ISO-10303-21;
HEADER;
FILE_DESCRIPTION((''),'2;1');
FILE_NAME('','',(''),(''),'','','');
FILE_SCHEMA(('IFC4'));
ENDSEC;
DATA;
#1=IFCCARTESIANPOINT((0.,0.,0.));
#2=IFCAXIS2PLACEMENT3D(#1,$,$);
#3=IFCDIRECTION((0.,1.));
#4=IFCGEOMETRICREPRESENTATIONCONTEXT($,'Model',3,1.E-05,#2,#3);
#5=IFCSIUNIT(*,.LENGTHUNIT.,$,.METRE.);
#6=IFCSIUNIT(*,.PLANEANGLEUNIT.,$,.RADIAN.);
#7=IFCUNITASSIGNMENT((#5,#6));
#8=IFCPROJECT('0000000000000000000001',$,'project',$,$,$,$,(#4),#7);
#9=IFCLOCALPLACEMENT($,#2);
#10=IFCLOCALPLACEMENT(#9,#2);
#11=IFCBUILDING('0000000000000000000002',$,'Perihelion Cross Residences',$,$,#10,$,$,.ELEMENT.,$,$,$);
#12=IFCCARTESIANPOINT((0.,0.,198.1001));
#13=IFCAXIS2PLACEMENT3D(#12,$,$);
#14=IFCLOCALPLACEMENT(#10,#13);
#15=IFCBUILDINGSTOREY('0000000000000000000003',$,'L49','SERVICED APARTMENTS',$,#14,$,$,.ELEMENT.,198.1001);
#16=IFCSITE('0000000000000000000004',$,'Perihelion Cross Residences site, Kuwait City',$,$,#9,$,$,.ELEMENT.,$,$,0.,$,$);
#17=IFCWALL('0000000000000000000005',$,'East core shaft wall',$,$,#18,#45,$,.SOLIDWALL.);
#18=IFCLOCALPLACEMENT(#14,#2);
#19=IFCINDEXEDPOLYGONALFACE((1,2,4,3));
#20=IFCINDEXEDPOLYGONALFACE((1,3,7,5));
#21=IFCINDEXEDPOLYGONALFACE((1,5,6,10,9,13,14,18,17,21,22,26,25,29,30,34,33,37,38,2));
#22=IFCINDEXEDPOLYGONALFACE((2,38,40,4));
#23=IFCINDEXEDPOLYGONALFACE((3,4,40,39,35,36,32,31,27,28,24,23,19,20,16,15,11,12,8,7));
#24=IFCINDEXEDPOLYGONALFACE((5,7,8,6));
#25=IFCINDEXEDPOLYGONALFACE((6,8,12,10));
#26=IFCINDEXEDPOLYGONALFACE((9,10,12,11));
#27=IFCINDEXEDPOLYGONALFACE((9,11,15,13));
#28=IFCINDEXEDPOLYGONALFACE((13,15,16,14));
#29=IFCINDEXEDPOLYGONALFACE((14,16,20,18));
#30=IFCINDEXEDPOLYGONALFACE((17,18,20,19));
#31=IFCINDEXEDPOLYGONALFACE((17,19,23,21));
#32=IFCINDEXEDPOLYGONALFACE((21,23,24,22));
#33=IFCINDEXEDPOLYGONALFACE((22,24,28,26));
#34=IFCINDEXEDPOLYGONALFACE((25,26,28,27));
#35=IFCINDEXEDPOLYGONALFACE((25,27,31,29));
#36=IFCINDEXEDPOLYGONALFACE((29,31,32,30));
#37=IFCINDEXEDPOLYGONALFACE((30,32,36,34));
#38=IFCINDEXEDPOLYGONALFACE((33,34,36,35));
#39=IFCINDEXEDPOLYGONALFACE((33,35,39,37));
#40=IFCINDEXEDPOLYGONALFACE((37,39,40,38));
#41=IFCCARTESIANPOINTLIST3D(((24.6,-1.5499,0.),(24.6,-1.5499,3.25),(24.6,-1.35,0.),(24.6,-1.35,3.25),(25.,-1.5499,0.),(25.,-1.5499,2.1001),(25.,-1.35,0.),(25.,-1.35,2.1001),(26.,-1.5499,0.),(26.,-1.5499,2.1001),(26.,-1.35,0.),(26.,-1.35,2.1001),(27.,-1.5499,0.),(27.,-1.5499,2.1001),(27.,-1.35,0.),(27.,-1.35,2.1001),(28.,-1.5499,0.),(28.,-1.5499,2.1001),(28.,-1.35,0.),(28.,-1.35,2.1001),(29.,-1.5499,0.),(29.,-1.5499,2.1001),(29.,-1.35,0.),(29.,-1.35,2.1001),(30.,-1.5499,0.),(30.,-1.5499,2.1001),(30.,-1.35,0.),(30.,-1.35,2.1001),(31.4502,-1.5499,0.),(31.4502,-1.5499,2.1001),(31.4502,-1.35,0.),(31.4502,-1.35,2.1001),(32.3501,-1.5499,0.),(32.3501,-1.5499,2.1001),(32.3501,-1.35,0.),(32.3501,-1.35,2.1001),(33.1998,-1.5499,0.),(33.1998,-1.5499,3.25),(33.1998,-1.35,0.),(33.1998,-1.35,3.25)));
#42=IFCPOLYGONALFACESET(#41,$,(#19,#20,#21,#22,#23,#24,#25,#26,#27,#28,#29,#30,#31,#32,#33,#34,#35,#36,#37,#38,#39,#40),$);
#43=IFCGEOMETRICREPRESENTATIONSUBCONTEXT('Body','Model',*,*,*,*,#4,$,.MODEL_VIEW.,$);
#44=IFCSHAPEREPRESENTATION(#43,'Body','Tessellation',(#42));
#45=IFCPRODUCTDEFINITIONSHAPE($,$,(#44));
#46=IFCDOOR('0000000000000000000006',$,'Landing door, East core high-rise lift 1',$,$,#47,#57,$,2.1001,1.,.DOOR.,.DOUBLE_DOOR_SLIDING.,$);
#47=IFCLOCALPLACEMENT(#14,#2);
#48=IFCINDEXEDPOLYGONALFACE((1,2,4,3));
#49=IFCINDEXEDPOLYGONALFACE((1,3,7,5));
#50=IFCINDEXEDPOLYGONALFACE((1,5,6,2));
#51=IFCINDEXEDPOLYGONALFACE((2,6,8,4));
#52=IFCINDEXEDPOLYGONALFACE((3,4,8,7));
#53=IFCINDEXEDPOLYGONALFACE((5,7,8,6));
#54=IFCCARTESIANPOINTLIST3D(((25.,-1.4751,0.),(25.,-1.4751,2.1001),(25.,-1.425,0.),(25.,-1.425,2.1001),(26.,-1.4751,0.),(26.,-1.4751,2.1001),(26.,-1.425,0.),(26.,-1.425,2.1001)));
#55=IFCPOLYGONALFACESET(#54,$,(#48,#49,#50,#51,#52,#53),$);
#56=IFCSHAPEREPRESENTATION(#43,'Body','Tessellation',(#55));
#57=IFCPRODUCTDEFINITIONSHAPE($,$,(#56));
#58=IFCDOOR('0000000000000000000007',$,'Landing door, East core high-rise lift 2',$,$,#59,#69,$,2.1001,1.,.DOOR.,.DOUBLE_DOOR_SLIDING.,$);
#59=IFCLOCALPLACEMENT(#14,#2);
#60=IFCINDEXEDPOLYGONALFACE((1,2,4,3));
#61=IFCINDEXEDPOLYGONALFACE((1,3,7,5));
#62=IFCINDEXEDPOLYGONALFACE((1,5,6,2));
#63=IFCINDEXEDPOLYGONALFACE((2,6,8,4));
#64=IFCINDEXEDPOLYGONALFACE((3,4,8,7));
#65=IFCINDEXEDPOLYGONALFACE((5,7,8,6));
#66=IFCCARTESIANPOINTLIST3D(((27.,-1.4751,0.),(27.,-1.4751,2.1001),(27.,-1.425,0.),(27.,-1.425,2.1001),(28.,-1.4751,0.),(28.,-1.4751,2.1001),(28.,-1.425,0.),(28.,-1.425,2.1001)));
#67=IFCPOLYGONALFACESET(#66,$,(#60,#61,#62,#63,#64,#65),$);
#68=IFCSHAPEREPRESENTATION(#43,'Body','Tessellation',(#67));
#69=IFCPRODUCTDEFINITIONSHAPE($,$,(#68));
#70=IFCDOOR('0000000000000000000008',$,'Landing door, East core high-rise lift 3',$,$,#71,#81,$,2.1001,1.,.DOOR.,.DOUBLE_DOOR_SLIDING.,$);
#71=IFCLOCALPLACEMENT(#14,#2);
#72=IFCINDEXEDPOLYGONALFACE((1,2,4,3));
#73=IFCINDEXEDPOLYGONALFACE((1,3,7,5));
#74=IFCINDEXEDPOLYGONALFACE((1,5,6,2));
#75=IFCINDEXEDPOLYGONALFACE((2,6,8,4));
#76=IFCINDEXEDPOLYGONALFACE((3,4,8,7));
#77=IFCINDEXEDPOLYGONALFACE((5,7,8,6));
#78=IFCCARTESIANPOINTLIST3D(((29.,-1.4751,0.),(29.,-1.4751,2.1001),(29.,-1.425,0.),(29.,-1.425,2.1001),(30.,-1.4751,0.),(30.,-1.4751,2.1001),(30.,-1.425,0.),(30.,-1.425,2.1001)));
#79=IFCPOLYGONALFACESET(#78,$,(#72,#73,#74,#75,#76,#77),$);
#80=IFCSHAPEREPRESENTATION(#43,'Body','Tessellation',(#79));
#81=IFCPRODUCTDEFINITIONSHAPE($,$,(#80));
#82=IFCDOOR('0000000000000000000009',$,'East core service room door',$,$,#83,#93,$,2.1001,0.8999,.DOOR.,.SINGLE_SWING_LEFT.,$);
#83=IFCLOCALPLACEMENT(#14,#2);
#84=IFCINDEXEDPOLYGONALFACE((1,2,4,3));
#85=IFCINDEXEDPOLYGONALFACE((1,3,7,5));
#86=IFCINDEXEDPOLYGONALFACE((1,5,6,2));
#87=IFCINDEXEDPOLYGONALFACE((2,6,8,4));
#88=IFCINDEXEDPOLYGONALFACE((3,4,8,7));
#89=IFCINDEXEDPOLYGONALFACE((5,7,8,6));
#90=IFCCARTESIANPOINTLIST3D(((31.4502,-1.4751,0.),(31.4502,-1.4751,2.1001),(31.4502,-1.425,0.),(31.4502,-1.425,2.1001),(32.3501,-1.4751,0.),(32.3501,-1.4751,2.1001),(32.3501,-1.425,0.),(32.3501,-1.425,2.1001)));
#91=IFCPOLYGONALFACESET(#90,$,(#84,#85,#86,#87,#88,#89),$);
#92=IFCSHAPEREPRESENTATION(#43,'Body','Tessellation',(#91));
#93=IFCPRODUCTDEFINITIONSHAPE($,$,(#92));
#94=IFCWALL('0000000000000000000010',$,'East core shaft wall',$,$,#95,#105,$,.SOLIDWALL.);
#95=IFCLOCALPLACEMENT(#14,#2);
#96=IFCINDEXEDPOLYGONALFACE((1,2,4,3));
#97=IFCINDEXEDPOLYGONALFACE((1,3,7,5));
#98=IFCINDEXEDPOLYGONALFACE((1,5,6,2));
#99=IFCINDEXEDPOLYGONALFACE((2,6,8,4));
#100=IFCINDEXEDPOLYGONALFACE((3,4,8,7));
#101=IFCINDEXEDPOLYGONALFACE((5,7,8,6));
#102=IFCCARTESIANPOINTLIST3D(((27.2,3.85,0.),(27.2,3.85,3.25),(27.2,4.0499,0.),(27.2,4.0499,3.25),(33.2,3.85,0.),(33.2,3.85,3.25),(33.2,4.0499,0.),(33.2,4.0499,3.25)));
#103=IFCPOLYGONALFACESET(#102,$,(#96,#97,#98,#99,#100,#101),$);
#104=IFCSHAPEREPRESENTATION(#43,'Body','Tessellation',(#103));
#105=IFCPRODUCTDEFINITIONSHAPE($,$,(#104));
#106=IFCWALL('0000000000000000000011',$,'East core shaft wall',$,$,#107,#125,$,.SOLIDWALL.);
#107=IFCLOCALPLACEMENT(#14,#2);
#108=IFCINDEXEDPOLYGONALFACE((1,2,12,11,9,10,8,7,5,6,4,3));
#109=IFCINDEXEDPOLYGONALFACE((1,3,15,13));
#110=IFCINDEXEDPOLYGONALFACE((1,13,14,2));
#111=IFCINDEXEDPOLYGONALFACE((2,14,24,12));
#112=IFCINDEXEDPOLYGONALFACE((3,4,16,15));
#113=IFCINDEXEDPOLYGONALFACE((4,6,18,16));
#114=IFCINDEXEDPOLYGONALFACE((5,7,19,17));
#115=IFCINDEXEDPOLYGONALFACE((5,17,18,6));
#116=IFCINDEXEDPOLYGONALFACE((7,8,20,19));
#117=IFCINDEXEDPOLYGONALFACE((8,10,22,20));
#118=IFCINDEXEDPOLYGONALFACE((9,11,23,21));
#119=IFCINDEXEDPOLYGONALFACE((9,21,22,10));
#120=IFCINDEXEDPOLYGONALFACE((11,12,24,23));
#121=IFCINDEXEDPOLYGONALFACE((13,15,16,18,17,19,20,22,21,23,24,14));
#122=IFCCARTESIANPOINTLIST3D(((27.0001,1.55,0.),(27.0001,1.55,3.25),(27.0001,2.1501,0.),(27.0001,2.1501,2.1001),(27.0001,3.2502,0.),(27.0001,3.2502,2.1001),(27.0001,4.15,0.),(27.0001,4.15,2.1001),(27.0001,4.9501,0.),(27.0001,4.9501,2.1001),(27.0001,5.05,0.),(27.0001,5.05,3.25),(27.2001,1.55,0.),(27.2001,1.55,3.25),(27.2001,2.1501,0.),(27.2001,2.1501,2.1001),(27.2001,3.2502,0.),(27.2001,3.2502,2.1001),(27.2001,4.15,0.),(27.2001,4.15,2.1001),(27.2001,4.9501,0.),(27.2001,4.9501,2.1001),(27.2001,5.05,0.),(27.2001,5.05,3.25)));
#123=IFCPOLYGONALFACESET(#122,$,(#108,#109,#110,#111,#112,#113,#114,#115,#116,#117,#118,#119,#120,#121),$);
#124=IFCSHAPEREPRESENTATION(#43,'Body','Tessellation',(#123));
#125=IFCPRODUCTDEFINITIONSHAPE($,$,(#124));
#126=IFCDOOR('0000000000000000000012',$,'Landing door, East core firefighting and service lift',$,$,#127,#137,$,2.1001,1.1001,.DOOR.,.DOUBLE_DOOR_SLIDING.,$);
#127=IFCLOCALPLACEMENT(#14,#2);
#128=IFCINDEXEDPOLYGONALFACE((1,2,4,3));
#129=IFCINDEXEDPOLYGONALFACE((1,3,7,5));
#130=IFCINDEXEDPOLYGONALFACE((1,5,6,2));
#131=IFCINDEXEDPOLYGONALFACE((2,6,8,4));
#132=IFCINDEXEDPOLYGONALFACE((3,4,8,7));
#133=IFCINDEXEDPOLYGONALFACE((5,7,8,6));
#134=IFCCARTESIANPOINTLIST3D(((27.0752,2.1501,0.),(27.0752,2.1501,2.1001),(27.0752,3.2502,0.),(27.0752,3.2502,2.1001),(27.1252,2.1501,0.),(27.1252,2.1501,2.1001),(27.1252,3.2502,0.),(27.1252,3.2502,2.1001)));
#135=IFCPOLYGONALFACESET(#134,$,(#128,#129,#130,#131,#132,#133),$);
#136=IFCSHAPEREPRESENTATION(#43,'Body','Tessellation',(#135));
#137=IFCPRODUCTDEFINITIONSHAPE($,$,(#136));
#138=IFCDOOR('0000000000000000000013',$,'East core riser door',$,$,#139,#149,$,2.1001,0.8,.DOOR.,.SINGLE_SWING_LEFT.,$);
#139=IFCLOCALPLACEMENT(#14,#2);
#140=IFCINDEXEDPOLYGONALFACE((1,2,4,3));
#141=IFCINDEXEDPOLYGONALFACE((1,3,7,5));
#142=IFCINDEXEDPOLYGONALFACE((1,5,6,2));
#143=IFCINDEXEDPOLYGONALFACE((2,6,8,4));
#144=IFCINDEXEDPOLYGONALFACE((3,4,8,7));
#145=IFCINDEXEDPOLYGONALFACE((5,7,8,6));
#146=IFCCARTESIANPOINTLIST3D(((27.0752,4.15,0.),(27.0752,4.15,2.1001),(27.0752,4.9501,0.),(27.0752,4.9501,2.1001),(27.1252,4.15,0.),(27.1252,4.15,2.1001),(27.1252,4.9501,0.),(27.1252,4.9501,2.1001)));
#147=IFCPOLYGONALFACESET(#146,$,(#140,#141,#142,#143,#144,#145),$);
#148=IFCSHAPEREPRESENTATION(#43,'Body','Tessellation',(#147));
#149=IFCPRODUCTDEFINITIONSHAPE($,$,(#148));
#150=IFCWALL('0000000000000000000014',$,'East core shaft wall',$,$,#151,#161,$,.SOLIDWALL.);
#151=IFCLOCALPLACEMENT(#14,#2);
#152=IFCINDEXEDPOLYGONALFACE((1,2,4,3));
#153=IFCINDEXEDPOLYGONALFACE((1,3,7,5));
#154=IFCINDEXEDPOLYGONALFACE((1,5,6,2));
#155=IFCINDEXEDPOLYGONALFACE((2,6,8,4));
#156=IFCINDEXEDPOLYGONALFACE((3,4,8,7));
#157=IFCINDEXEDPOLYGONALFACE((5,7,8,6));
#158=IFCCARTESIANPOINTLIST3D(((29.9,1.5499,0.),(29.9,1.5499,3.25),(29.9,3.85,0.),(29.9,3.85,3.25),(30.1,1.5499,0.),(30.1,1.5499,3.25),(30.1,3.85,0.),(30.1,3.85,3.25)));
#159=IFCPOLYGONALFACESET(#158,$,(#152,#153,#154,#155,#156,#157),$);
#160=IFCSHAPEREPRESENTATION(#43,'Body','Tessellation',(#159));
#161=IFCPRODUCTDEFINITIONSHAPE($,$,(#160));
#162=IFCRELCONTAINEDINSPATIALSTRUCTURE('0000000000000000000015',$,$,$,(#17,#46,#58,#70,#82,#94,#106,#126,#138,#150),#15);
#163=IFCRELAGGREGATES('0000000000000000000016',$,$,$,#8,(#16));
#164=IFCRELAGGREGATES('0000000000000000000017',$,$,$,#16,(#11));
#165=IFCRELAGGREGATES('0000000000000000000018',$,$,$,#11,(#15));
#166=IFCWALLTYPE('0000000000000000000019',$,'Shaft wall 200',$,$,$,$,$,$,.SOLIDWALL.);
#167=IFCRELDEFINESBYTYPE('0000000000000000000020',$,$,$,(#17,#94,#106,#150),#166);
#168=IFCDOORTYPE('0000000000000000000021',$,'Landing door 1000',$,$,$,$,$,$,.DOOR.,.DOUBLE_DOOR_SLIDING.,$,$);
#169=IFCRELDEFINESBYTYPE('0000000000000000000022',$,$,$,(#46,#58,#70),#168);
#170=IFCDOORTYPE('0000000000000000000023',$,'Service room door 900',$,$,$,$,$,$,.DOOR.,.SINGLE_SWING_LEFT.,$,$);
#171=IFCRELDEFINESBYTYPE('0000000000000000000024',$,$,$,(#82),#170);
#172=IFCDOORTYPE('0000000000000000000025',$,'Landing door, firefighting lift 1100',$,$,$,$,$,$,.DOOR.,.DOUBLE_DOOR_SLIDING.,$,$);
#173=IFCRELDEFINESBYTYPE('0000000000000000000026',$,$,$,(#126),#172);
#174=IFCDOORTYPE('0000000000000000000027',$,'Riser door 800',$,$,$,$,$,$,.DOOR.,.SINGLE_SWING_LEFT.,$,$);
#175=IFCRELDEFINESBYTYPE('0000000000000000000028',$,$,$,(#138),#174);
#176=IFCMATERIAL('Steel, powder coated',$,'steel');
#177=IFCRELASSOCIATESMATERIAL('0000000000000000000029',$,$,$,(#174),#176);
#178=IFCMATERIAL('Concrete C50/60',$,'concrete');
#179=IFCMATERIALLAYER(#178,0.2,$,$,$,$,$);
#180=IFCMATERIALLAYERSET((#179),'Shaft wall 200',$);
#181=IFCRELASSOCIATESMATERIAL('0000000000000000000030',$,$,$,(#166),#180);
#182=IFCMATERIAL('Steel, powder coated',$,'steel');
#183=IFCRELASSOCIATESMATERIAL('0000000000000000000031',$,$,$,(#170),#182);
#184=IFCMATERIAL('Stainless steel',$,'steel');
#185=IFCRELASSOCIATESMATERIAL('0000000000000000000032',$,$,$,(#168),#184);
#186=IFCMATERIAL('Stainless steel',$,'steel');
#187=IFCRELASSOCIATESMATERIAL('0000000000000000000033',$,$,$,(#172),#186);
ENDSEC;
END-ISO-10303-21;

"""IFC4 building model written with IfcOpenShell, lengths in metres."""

from ifc_helpers import new_model, si_unit, direction, frame, frame_2d, origin, place, context, subcontext, project, spatial, rectangle, extrude, material, layer, layer_set, type_object, element, fill, save


model = new_model("IFC4")

# Units and contexts
model_context = context("Model", 3, precision=1e-05, world=origin(), true_north=direction((0.0, 1.0)))
body_context = subcontext(model_context, "Body", "Model", "MODEL_VIEW")
ifc_project = project(units=[si_unit("LENGTHUNIT", "METRE"), si_unit("PLANEANGLEUNIT", "RADIAN")], contexts=[model_context])

# Site, building, storey
site_placement = place(None, origin())
site = spatial("IfcSite", under=ifc_project, at=site_placement, Name="Perihelion Cross Residences site, Kuwait City", CompositionType="ELEMENT", RefElevation=0.0)
building_placement = place(site_placement, origin())
building = spatial("IfcBuilding", under=site, at=building_placement, Name="Perihelion Cross Residences", CompositionType="ELEMENT")
storey_placement = place(building_placement, frame((0.0, 0.0, 198.1001)))
storey = spatial("IfcBuildingStorey", under=building, at=storey_placement, Name="L49", Description="SERVICED APARTMENTS", CompositionType="ELEMENT", Elevation=198.1001)

# Shared definitions
ifc_material_1 = material(Name="Steel, powder coated", Category="steel")
door_type_1 = type_object("IfcDoorType", Name="Riser door 800", OperationType="SINGLE_SWING_LEFT", PredefinedType="DOOR", material=ifc_material_1)

# Wall, openings, doors
ifc_material_2 = material(Name="Concrete C50/60", Category="concrete")
ifc_layer_1 = layer(ifc_material_2, 0.2)
ifc_layer_set_1 = layer_set([ifc_layer_1], Name="Shaft wall 200")
wall_type_1 = type_object("IfcWallType", Name="Shaft wall 200", PredefinedType="SOLIDWALL", material=ifc_layer_set_1)
ifc_material_3 = material(Name="Steel, powder coated", Category="steel")
door_type_2 = type_object("IfcDoorType", Name="Service room door 900", OperationType="SINGLE_SWING_LEFT", PredefinedType="DOOR", material=ifc_material_3)
wall_1_placement = place(storey_placement, frame((24.6001, -1.45, 0.0), z_axis=(0.0, 0.0, 1.0), x_axis=(1.0, 0.0, 0.0)))
wall_1 = element("IfcWall", 1, at=wall_1_placement, inside=storey, type_object=wall_type_1, Name="East core shaft wall", PredefinedType="SOLIDWALL", context=body_context, shape_type="SweptSolid", body=[
    extrude(rectangle(XDim=8.5999, YDim=0.2, at=frame_2d((4.2998, 0.0))), origin(), (0.0, 0.0, 1.0), 3.25),
])
opening_1_placement = place(wall_1_placement, frame((0.3999, 0.0, 0.0)))
opening_1 = element("IfcOpeningElement", 2, at=opening_1_placement, cuts=wall_1, PredefinedType="OPENING", context=body_context, shape_type="SweptSolid", body=[
    extrude(rectangle(XDim=1.0, YDim=2.1001, at=frame_2d((0.5, 1.05))), frame((0.0, 0.1099, 0.0), z_axis=(0.0, -1.0, 0.0), x_axis=(1.0, 0.0, 0.0)), (0.0, 0.0, 1.0), 0.22),
])
opening_2_placement = place(wall_1_placement, frame((2.3999, 0.0, 0.0)))
opening_2 = element("IfcOpeningElement", 3, at=opening_2_placement, cuts=wall_1, PredefinedType="OPENING", context=body_context, shape_type="SweptSolid", body=[
    extrude(rectangle(XDim=1.0, YDim=2.1001, at=frame_2d((0.5, 1.05))), frame((0.0, 0.1099, 0.0), z_axis=(0.0, -1.0, 0.0), x_axis=(1.0, 0.0, 0.0)), (0.0, 0.0, 1.0), 0.22),
])
opening_3_placement = place(wall_1_placement, frame((4.3999, 0.0, 0.0)))
opening_3 = element("IfcOpeningElement", 4, at=opening_3_placement, cuts=wall_1, PredefinedType="OPENING", context=body_context, shape_type="SweptSolid", body=[
    extrude(rectangle(XDim=1.0, YDim=2.1001, at=frame_2d((0.5, 1.05))), frame((0.0, 0.1099, 0.0), z_axis=(0.0, -1.0, 0.0), x_axis=(1.0, 0.0, 0.0)), (0.0, 0.0, 1.0), 0.22),
])
opening_4_placement = place(wall_1_placement, frame((6.8501, 0.0, 0.0)))
opening_4 = element("IfcOpeningElement", 5, at=opening_4_placement, cuts=wall_1, PredefinedType="OPENING", context=body_context, shape_type="SweptSolid", body=[
    extrude(rectangle(XDim=0.8999, YDim=2.1001, at=frame_2d((0.45, 1.05))), frame((0.0, 0.1099, 0.0), z_axis=(0.0, -1.0, 0.0), x_axis=(1.0, 0.0, 0.0)), (0.0, 0.0, 1.0), 0.22),
])
ifc_material_4 = material(Name="Stainless steel", Category="steel")
door_type_3 = type_object("IfcDoorType", Name="Landing door 1000", OperationType="DOUBLE_DOOR_SLIDING", PredefinedType="DOOR", material=ifc_material_4)
door_1_placement = place(opening_1_placement, origin())
door_1 = element("IfcDoor", 6, at=door_1_placement, inside=storey, type_object=door_type_3, Name="Landing door, East core high-rise lift 1", OperationType="DOUBLE_DOOR_SLIDING", OverallHeight=2.1001, OverallWidth=1.0, PredefinedType="DOOR", context=body_context, shape_type="SweptSolid", body=[
    extrude(rectangle(XDim=1.0, YDim=2.1001, at=frame_2d((0.5, 1.05))), frame((0.0, 0.0249, 0.0), z_axis=(0.0, -1.0, 0.0), x_axis=(1.0, 0.0, 0.0)), (0.0, 0.0, 1.0), 0.05),
])
fill(opening_1, door_1)
door_2_placement = place(opening_2_placement, origin())
door_2 = element("IfcDoor", 7, at=door_2_placement, inside=storey, type_object=door_type_3, Name="Landing door, East core high-rise lift 2", OperationType="DOUBLE_DOOR_SLIDING", OverallHeight=2.1001, OverallWidth=1.0, PredefinedType="DOOR", context=body_context, shape_type="SweptSolid", body=[
    extrude(rectangle(XDim=1.0, YDim=2.1001, at=frame_2d((0.5, 1.05))), frame((0.0, 0.0249, 0.0), z_axis=(0.0, -1.0, 0.0), x_axis=(1.0, 0.0, 0.0)), (0.0, 0.0, 1.0), 0.05),
])
fill(opening_2, door_2)
door_3_placement = place(opening_3_placement, origin())
door_3 = element("IfcDoor", 8, at=door_3_placement, inside=storey, type_object=door_type_3, Name="Landing door, East core high-rise lift 3", OperationType="DOUBLE_DOOR_SLIDING", OverallHeight=2.1001, OverallWidth=1.0, PredefinedType="DOOR", context=body_context, shape_type="SweptSolid", body=[
    extrude(rectangle(XDim=1.0, YDim=2.1001, at=frame_2d((0.5, 1.05))), frame((0.0, 0.0249, 0.0), z_axis=(0.0, -1.0, 0.0), x_axis=(1.0, 0.0, 0.0)), (0.0, 0.0, 1.0), 0.05),
])
fill(opening_3, door_3)
door_4_placement = place(opening_4_placement, origin())
door_4 = element("IfcDoor", 9, at=door_4_placement, inside=storey, type_object=door_type_2, Name="East core service room door", OperationType="SINGLE_SWING_LEFT", OverallHeight=2.1001, OverallWidth=0.8999, PredefinedType="DOOR", context=body_context, shape_type="SweptSolid", body=[
    extrude(rectangle(XDim=0.8999, YDim=2.1001, at=frame_2d((0.45, 1.05))), frame((0.0, 0.0249, 0.0), z_axis=(0.0, -1.0, 0.0), x_axis=(1.0, 0.0, 0.0)), (0.0, 0.0, 1.0), 0.05),
])
fill(opening_4, door_4)

# Wall
wall_2_placement = place(storey_placement, frame((27.2, 3.95, 0.0), z_axis=(0.0, 0.0, 1.0), x_axis=(1.0, 0.0, 0.0)))
element("IfcWall", 10, at=wall_2_placement, inside=storey, type_object=wall_type_1, Name="East core shaft wall", PredefinedType="SOLIDWALL", context=body_context, shape_type="SweptSolid", body=[
    extrude(rectangle(XDim=6.0, YDim=0.2, at=frame_2d((3.0, 0.0))), origin(), (0.0, 0.0, 1.0), 3.25),
])

# Wall, openings, doors
wall_3_placement = place(storey_placement, frame((27.1001, 1.55, 0.0), z_axis=(0.0, 0.0, 1.0), x_axis=(0.0, 1.0, 0.0)))
wall_3 = element("IfcWall", 11, at=wall_3_placement, inside=storey, type_object=wall_type_1, Name="East core shaft wall", PredefinedType="SOLIDWALL", context=body_context, shape_type="SweptSolid", body=[
    extrude(rectangle(XDim=3.5, YDim=0.2, at=frame_2d((1.75, 0.0))), origin(), (0.0, 0.0, 1.0), 3.25),
])
opening_5_placement = place(wall_3_placement, frame((0.6001, 0.0, 0.0)))
opening_5 = element("IfcOpeningElement", 12, at=opening_5_placement, cuts=wall_3, PredefinedType="OPENING", context=body_context, shape_type="SweptSolid", body=[
    extrude(rectangle(XDim=1.1001, YDim=2.1001, at=frame_2d((0.55, 1.05))), frame((0.0, 0.1099, 0.0), z_axis=(0.0, -1.0, 0.0), x_axis=(1.0, 0.0, 0.0)), (0.0, 0.0, 1.0), 0.22),
])
opening_6_placement = place(wall_3_placement, frame((2.6001, 0.0, 0.0)))
opening_6 = element("IfcOpeningElement", 13, at=opening_6_placement, cuts=wall_3, PredefinedType="OPENING", context=body_context, shape_type="SweptSolid", body=[
    extrude(rectangle(XDim=0.8, YDim=2.1001, at=frame_2d((0.3999, 1.05))), frame((0.0, 0.1099, 0.0), z_axis=(0.0, -1.0, 0.0), x_axis=(1.0, 0.0, 0.0)), (0.0, 0.0, 1.0), 0.22),
])
ifc_material_5 = material(Name="Stainless steel", Category="steel")
door_type_4 = type_object("IfcDoorType", Name="Landing door, firefighting lift 1100", OperationType="DOUBLE_DOOR_SLIDING", PredefinedType="DOOR", material=ifc_material_5)
door_5_placement = place(opening_5_placement, origin())
door_5 = element("IfcDoor", 14, at=door_5_placement, inside=storey, type_object=door_type_4, Name="Landing door, East core firefighting and service lift", OperationType="DOUBLE_DOOR_SLIDING", OverallHeight=2.1001, OverallWidth=1.1001, PredefinedType="DOOR", context=body_context, shape_type="SweptSolid", body=[
    extrude(rectangle(XDim=1.1001, YDim=2.1001, at=frame_2d((0.55, 1.05))), frame((0.0, 0.0249, 0.0), z_axis=(0.0, -1.0, 0.0), x_axis=(1.0, 0.0, 0.0)), (0.0, 0.0, 1.0), 0.05),
])
fill(opening_5, door_5)
door_6_placement = place(opening_6_placement, origin())
door_6 = element("IfcDoor", 15, at=door_6_placement, inside=storey, type_object=door_type_1, Name="East core riser door", OperationType="SINGLE_SWING_LEFT", OverallHeight=2.1001, OverallWidth=0.8, PredefinedType="DOOR", context=body_context, shape_type="SweptSolid", body=[
    extrude(rectangle(XDim=0.8, YDim=2.1001, at=frame_2d((0.3999, 1.05))), frame((0.0, 0.0249, 0.0), z_axis=(0.0, -1.0, 0.0), x_axis=(1.0, 0.0, 0.0)), (0.0, 0.0, 1.0), 0.05),
])
fill(opening_6, door_6)

# Wall
wall_4_placement = place(storey_placement, frame((30.0, 1.55, 0.0), z_axis=(0.0, 0.0, 1.0), x_axis=(0.0, 1.0, 0.0)))
element("IfcWall", 16, at=wall_4_placement, inside=storey, type_object=wall_type_1, Name="East core shaft wall", PredefinedType="SOLIDWALL", context=body_context, shape_type="SweptSolid", body=[
    extrude(rectangle(XDim=2.3, YDim=0.2, at=frame_2d((1.1499, 0.0))), origin(), (0.0, 0.0, 1.0), 3.25),
])

save(model, "model.ifc")
